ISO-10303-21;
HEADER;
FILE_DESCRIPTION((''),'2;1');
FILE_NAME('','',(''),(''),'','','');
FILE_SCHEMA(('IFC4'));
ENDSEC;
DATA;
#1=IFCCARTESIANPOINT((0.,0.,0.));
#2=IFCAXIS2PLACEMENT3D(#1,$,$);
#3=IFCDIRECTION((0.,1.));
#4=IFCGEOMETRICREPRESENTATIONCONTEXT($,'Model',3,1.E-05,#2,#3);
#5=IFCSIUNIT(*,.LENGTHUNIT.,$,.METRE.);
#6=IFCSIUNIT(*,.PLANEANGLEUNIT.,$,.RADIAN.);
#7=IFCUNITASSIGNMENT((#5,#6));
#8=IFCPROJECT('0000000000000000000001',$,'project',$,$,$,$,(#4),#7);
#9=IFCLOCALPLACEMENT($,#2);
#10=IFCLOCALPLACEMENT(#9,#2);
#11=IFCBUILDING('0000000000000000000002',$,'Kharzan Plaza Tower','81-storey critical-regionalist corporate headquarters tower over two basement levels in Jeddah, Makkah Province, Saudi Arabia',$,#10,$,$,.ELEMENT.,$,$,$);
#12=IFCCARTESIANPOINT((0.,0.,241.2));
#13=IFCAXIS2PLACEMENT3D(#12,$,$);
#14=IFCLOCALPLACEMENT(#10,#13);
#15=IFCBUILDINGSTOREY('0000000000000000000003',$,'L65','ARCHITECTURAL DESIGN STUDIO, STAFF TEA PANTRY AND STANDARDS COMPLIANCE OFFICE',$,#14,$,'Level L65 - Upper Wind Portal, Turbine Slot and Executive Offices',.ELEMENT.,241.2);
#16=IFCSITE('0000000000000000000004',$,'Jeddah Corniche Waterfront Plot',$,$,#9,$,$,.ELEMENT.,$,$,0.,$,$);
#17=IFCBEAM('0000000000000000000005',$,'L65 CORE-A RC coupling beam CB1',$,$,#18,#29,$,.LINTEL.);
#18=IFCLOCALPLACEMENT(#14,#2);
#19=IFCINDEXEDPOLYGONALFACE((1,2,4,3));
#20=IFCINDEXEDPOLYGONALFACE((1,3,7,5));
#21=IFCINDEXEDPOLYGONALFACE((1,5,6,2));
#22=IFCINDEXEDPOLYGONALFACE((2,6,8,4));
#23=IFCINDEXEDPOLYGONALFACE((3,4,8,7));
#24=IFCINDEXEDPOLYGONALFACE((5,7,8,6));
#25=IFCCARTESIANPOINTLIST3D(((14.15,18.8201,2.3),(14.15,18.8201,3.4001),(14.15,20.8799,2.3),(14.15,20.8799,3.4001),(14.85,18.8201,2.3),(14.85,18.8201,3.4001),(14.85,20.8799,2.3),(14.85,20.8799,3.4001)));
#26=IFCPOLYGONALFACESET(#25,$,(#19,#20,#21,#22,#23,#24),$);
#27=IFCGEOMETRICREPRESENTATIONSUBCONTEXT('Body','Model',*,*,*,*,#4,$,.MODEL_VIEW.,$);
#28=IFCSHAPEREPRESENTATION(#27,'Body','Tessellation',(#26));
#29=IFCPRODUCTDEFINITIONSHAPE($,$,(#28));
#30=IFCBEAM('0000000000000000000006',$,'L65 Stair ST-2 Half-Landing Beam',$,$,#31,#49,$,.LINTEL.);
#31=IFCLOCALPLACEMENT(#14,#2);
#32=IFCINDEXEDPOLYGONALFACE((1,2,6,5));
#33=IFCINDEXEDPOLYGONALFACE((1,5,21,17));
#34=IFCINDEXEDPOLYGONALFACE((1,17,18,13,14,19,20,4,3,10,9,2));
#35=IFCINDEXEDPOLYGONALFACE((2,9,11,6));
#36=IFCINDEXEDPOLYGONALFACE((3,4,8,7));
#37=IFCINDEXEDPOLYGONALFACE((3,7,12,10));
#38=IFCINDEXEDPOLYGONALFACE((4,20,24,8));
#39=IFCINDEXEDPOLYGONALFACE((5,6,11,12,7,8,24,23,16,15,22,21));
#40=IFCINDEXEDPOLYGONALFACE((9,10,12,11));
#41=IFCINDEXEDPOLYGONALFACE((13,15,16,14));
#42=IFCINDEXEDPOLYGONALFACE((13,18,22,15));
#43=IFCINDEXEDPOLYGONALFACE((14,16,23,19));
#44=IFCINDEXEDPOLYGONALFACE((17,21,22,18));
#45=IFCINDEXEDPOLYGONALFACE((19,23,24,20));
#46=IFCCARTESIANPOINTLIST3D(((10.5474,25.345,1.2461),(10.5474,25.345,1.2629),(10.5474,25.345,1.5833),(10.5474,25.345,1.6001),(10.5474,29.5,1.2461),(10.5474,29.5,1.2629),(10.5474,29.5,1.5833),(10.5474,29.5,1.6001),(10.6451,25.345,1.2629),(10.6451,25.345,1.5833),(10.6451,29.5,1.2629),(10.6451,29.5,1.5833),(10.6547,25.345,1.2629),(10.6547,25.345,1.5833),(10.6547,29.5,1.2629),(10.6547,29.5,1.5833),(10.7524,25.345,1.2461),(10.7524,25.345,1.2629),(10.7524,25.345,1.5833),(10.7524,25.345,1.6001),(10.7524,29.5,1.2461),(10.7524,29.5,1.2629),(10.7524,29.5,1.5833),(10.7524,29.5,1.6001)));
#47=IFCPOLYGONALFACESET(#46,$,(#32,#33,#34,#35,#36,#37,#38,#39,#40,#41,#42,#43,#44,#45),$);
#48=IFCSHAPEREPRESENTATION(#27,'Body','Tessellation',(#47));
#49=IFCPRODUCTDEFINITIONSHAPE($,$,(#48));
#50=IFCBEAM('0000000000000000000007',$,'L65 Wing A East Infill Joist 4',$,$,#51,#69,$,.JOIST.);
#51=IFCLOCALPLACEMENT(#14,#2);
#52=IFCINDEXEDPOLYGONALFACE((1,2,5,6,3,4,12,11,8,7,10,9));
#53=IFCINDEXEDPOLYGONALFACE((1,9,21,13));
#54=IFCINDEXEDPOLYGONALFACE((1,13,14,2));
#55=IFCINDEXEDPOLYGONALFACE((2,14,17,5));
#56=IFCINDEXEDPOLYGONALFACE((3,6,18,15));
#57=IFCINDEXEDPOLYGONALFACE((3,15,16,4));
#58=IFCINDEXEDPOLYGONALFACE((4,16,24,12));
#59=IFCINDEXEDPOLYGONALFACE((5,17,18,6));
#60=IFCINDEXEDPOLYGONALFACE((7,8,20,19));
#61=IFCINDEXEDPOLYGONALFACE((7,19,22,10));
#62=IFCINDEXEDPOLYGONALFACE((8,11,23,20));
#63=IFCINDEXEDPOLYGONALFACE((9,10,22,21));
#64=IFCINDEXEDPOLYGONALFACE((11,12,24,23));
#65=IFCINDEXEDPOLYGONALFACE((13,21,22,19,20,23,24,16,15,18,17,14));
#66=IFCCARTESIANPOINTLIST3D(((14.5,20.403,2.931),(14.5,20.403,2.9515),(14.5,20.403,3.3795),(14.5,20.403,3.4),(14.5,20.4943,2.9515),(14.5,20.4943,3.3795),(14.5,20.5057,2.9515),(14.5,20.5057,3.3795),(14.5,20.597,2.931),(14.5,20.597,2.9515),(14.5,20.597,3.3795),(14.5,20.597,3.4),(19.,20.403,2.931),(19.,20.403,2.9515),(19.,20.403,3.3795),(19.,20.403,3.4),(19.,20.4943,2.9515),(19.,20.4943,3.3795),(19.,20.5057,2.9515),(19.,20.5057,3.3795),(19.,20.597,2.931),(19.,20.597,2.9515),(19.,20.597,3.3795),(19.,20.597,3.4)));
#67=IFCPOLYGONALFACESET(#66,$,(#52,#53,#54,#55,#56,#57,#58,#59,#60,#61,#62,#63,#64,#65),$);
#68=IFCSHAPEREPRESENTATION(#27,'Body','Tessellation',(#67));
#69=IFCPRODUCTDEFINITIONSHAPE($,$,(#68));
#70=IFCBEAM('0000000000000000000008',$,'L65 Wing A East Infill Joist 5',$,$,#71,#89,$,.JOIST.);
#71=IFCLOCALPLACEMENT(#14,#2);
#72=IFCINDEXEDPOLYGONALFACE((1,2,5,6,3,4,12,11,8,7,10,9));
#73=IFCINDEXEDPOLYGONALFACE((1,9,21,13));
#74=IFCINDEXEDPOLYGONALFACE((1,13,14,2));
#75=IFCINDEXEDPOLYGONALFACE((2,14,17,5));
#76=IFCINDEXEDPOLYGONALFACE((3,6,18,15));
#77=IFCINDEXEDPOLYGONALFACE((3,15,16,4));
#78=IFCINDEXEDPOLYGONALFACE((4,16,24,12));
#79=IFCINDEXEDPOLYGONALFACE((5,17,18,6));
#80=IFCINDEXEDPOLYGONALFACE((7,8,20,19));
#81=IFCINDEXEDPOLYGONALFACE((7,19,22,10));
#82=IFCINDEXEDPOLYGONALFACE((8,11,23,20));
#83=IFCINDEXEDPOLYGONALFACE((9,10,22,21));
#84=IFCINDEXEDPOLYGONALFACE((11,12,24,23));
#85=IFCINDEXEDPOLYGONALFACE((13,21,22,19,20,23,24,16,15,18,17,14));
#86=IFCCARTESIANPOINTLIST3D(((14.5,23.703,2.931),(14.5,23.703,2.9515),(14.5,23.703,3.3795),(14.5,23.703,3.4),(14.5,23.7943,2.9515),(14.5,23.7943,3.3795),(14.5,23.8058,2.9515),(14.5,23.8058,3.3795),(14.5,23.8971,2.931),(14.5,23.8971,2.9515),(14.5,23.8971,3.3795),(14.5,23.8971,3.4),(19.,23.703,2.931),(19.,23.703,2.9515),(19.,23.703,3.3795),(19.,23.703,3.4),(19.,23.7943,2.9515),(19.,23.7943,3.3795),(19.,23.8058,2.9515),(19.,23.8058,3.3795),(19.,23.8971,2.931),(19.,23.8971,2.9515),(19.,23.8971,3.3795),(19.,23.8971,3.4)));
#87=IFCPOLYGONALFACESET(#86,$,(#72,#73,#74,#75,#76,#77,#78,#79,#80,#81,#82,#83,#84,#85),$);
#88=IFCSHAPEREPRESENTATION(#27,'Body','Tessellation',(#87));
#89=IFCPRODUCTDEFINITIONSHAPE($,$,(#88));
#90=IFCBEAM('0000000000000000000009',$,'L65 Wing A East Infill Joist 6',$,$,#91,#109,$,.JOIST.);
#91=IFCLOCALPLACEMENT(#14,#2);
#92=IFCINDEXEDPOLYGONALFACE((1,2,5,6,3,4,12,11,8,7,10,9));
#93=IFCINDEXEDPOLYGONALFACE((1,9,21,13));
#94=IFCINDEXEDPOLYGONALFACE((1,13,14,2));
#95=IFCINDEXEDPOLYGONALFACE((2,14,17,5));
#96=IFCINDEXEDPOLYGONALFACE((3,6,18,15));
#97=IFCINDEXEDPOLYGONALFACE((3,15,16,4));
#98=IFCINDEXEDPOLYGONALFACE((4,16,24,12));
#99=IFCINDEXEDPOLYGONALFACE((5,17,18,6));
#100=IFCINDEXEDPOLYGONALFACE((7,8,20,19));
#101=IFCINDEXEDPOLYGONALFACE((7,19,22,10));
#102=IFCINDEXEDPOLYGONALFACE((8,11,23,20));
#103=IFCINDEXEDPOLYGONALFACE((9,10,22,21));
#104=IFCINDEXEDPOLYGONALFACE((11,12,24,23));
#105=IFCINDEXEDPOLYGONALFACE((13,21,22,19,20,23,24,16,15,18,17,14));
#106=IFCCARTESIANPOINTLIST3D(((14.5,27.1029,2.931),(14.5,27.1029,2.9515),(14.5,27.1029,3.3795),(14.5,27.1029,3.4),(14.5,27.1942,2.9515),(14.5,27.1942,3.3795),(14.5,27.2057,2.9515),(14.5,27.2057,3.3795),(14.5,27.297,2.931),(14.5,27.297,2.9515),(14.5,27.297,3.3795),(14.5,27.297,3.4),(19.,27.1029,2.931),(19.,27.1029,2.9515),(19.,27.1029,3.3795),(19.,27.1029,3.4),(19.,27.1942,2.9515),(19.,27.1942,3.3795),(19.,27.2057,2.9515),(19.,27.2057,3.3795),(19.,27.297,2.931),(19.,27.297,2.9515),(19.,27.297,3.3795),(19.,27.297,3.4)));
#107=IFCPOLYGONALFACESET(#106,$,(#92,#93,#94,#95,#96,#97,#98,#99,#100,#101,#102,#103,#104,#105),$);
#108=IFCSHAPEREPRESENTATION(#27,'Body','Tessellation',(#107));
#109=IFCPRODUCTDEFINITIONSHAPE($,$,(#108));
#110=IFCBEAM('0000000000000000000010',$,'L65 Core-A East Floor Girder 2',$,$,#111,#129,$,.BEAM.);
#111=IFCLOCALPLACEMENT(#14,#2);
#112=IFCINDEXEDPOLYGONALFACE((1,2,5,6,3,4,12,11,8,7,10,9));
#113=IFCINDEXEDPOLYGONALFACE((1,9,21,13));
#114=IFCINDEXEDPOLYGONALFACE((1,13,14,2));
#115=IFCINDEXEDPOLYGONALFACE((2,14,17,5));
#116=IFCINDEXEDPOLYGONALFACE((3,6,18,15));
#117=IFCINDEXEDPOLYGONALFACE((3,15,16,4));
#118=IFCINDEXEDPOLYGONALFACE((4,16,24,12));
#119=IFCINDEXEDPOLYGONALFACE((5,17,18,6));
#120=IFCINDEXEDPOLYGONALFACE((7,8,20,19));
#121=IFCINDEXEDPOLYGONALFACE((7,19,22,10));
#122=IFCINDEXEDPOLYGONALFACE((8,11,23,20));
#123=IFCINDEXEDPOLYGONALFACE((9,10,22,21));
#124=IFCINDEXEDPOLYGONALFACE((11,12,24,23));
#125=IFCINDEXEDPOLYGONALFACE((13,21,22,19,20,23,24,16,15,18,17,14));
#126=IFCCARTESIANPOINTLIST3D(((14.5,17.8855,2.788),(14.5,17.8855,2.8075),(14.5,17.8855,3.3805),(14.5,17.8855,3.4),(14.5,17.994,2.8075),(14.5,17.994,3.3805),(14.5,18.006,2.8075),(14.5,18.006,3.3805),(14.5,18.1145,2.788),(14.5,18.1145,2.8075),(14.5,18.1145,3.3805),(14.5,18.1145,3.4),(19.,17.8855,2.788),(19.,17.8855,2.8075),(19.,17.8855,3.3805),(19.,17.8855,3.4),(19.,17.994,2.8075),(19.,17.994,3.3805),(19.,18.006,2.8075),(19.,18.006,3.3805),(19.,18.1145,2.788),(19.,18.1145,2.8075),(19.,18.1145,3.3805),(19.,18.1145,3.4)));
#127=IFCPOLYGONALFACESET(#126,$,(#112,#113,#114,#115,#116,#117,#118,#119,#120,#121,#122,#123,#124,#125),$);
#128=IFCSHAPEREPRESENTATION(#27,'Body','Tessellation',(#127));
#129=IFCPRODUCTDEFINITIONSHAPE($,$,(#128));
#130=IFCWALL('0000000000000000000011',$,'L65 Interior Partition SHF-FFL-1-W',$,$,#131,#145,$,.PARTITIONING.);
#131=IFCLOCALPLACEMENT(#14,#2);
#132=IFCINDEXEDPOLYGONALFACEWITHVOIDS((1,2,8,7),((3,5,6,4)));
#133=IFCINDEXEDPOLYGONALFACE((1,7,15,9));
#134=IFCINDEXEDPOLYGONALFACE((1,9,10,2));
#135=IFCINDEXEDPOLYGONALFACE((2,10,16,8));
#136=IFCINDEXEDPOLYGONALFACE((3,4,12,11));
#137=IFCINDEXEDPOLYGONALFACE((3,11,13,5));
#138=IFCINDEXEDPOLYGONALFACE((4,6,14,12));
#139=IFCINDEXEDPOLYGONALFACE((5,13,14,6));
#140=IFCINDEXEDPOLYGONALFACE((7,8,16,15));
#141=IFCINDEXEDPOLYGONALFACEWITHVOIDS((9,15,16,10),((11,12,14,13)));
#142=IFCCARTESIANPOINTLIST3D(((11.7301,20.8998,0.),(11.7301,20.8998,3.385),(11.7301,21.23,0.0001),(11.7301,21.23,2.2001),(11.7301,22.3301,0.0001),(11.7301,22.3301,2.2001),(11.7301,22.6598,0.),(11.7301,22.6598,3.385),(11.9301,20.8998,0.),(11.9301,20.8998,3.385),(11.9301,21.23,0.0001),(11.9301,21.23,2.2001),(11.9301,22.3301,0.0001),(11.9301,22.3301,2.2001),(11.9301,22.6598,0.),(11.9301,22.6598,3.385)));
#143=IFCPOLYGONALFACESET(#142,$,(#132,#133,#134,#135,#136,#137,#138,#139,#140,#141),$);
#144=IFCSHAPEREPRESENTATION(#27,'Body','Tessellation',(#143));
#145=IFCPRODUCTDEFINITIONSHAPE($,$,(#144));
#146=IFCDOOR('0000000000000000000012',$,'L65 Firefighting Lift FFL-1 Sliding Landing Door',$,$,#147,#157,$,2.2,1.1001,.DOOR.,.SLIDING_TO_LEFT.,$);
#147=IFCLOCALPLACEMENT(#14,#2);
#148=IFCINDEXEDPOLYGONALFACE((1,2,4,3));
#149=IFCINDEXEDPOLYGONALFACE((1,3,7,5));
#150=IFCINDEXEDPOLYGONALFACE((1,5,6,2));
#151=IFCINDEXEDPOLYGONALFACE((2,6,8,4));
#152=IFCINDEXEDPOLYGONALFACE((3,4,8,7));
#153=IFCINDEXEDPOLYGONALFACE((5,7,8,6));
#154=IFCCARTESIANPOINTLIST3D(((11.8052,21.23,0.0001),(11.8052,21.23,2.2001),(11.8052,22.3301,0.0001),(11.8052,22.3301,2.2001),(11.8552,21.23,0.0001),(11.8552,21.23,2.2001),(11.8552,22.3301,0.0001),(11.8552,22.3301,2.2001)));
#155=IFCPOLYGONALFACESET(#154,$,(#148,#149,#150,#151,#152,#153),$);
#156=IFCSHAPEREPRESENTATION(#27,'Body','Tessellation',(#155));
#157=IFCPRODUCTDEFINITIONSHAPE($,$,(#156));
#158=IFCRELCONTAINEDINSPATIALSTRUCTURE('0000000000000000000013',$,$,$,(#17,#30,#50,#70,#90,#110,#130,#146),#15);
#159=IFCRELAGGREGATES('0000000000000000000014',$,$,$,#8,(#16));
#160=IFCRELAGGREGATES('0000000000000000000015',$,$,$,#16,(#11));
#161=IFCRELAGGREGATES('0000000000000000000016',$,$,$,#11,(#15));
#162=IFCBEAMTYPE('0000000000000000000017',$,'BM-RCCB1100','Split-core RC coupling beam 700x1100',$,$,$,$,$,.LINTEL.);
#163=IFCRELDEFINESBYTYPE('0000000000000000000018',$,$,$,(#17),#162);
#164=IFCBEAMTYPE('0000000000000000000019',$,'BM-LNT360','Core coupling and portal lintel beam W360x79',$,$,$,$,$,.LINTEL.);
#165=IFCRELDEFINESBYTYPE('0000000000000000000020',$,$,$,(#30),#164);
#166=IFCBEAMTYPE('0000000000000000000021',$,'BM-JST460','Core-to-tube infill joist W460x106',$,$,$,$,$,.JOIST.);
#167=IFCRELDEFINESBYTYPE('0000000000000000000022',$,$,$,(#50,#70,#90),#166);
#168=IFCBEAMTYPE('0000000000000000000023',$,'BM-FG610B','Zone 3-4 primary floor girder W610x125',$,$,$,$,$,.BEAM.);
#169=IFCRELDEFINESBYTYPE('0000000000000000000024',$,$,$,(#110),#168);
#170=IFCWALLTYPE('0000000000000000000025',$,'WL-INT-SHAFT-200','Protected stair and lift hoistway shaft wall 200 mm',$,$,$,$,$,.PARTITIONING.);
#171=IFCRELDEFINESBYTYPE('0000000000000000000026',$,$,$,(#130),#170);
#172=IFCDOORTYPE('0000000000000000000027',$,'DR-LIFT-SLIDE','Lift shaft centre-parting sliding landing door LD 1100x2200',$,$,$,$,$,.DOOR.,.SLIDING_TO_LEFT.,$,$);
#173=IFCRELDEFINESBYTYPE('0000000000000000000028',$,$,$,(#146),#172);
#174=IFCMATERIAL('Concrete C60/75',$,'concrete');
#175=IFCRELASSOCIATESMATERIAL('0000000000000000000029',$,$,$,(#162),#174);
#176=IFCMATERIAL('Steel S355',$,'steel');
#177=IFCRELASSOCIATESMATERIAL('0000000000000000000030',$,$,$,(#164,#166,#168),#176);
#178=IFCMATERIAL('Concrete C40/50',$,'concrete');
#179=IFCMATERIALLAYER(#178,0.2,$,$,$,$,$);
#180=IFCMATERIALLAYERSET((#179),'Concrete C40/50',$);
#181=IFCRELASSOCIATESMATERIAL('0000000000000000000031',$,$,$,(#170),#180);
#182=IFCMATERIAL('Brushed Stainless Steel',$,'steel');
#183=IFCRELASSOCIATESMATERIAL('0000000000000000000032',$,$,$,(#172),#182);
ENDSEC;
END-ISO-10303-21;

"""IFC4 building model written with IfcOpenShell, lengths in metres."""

from ifc_helpers import new_model, si_unit, direction, frame, frame_2d, origin, origin_2d, place, context, subcontext, project, spatial, rectangle, i_section, extrude, source, transform, mapped, material, layer, layer_set, material_profile, profile_set, type_object, element, fill, save


model = new_model("IFC4")

# Units and contexts
model_context = context("Model", 3, precision=1e-05, world=origin(), true_north=direction((0.0, 1.0)))
body_context = subcontext(model_context, "Body", "Model", "MODEL_VIEW")
ifc_project = project(units=[si_unit("LENGTHUNIT", "METRE"), si_unit("PLANEANGLEUNIT", "RADIAN")], contexts=[model_context])

# Site, building, storey
site_placement = place(None, origin())
site = spatial("IfcSite", under=ifc_project, at=site_placement, Name="Jeddah Corniche Waterfront Plot", CompositionType="ELEMENT", RefElevation=0.0)
building_placement = place(site_placement, origin())
building = spatial("IfcBuilding", under=site, at=building_placement, Name="Kharzan Plaza Tower", Description="81-storey critical-regionalist corporate headquarters tower over two basement levels in Jeddah, Makkah Province, Saudi Arabia", CompositionType="ELEMENT")
storey_placement = place(building_placement, frame((0.0, 0.0, 241.2)))
storey = spatial("IfcBuildingStorey", under=building, at=storey_placement, Name="L65", Description="ARCHITECTURAL DESIGN STUDIO, STAFF TEA PANTRY AND STANDARDS COMPLIANCE OFFICE", LongName="Level L65 - Upper Wind Portal, Turbine Slot and Executive Offices", CompositionType="ELEMENT", Elevation=241.2)

# Beams
ifc_material_1 = material(Name="Concrete C60/75", Category="concrete")
ifc_material_profile_1 = material_profile(ifc_material_1, rectangle(XDim=0.7, YDim=1.1001, at=origin_2d()), Name="RC-CB1100x700")
ifc_profile_set_1 = profile_set([ifc_material_profile_1], Name="Concrete C60/75")
beam_type_1 = type_object("IfcBeamType", Name="BM-RCCB1100", Description="Split-core RC coupling beam 700x1100", PredefinedType="LINTEL", material=ifc_profile_set_1)
shared_shape_1 = source(origin(), body_context, "Body", "SweptSolid", [
    extrude(rectangle(XDim=0.7, YDim=1.1001, at=origin_2d()), origin(), (0.0, 0.0, 1.0), 2.0598),
])
beam_1_placement = place(storey_placement, frame((14.5, 18.8201, 2.8501), z_axis=(0.0, 1.0, 0.0), x_axis=(-1.0, 0.0, 0.0)))
element("IfcBeam", 1, at=beam_1_placement, inside=storey, type_object=beam_type_1, Name="L65 CORE-A RC coupling beam CB1", PredefinedType="LINTEL", context=body_context, shape_type="MappedRepresentation", body=[
    mapped(shared_shape_1, transform((0.0, 0.0, 0.0), x_axis=(1.0, 0.0, 0.0), y_axis=(0.0, 1.0, 0.0), z_axis=(0.0, 0.0, 1.0))),
])
ifc_material_2 = material(Name="Steel S355", Category="steel")
ifc_material_profile_2 = material_profile(ifc_material_2, i_section(OverallWidth=0.2051, OverallDepth=0.354, WebThickness=0.0095, FlangeThickness=0.0168, at=origin_2d()), Name="W360x79")
ifc_profile_set_2 = profile_set([ifc_material_profile_2], Name="Steel S355")
beam_type_2 = type_object("IfcBeamType", Name="BM-LNT360", Description="Core coupling and portal lintel beam W360x79", PredefinedType="LINTEL", material=ifc_profile_set_2)
shared_shape_2 = source(origin(), body_context, "Body", "SweptSolid", [
    extrude(i_section(OverallWidth=0.2051, OverallDepth=0.354, WebThickness=0.0095, FlangeThickness=0.0168, at=origin_2d()), origin(), (0.0, 0.0, 1.0), 4.155),
])
beam_2_placement = place(storey_placement, frame((10.6499, 25.345, 1.4231), z_axis=(0.0, 1.0, 0.0), x_axis=(-1.0, 0.0, 0.0)))
element("IfcBeam", 2, at=beam_2_placement, inside=storey, type_object=beam_type_2, Name="L65 Stair ST-2 Half-Landing Beam", PredefinedType="LINTEL", context=body_context, shape_type="MappedRepresentation", body=[
    mapped(shared_shape_2, transform((0.0, 0.0, 0.0), x_axis=(1.0, 0.0, 0.0), y_axis=(0.0, 1.0, 0.0), z_axis=(0.0, 0.0, 1.0))),
])
ifc_material_profile_3 = material_profile(ifc_material_2, i_section(OverallWidth=0.1941, OverallDepth=0.469, WebThickness=0.0115, FlangeThickness=0.0205, at=origin_2d()), Name="W460x106")
ifc_profile_set_3 = profile_set([ifc_material_profile_3], Name="Steel S355")
beam_type_3 = type_object("IfcBeamType", Name="BM-JST460", Description="Core-to-tube infill joist W460x106", PredefinedType="JOIST", material=ifc_profile_set_3)
shared_shape_3 = source(origin(), body_context, "Body", "SweptSolid", [
    extrude(i_section(OverallWidth=0.1941, OverallDepth=0.469, WebThickness=0.0115, FlangeThickness=0.0205, at=origin_2d()), origin(), (0.0, 0.0, 1.0), 4.5),
])
for number, where, z_axis, x_axis, name in (
    (3, (14.5, 20.5, 3.1655), (1.0, 0.0, 0.0), (0.0, 1.0, 0.0), "L65 Wing A East Infill Joist 4"),
    (4, (14.5, 23.8, 3.1655), (1.0, 0.0, 0.0), (0.0, 1.0, 0.0), "L65 Wing A East Infill Joist 5"),
    (5, (14.5, 27.2, 3.1655), (1.0, 0.0, 0.0), (0.0, 1.0, 0.0), "L65 Wing A East Infill Joist 6"),
):
    element("IfcBeam", number, at=place(storey_placement, frame(where, z_axis=z_axis, x_axis=x_axis)), inside=storey, type_object=beam_type_3, Name=name, PredefinedType="JOIST", context=body_context, shape_type="MappedRepresentation", body=[
        mapped(shared_shape_3, transform((0.0, 0.0, 0.0), x_axis=(1.0, 0.0, 0.0), y_axis=(0.0, 1.0, 0.0), z_axis=(0.0, 0.0, 1.0))),
    ])
ifc_material_profile_4 = material_profile(ifc_material_2, i_section(OverallWidth=0.229, OverallDepth=0.6121, WebThickness=0.012, FlangeThickness=0.0195, at=origin_2d()), Name="W610x125")
ifc_profile_set_4 = profile_set([ifc_material_profile_4], Name="Steel S355")
beam_type_4 = type_object("IfcBeamType", Name="BM-FG610B", Description="Zone 3-4 primary floor girder W610x125", PredefinedType="BEAM", material=ifc_profile_set_4)
shared_shape_4 = source(origin(), body_context, "Body", "SweptSolid", [
    extrude(i_section(OverallWidth=0.229, OverallDepth=0.6121, WebThickness=0.012, FlangeThickness=0.0195, at=origin_2d()), origin(), (0.0, 0.0, 1.0), 4.5),
])
beam_3_placement = place(storey_placement, frame((14.5, 18.0, 3.094), z_axis=(1.0, 0.0, 0.0), x_axis=(0.0, 1.0, 0.0)))
element("IfcBeam", 6, at=beam_3_placement, inside=storey, type_object=beam_type_4, Name="L65 Core-A East Floor Girder 2", PredefinedType="BEAM", context=body_context, shape_type="MappedRepresentation", body=[
    mapped(shared_shape_4, transform((0.0, 0.0, 0.0), x_axis=(1.0, 0.0, 0.0), y_axis=(0.0, 1.0, 0.0), z_axis=(0.0, 0.0, 1.0))),
])

# Wall, opening, door
ifc_material_3 = material(Name="Concrete C40/50", Category="concrete")
ifc_layer_1 = layer(ifc_material_3, 0.2)
ifc_layer_set_1 = layer_set([ifc_layer_1], Name="Concrete C40/50")
wall_type_1 = type_object("IfcWallType", Name="WL-INT-SHAFT-200", Description="Protected stair and lift hoistway shaft wall 200 mm", PredefinedType="PARTITIONING", material=ifc_layer_set_1)
wall_1_placement = place(storey_placement, frame((11.8301, 20.8999, 0.0), z_axis=(0.0, 0.0, 1.0), x_axis=(0.0, 1.0, 0.0)))
wall_1 = element("IfcWall", 7, at=wall_1_placement, inside=storey, type_object=wall_type_1, Name="L65 Interior Partition SHF-FFL-1-W", PredefinedType="PARTITIONING", context=body_context, shape_type="SweptSolid", body=[
    extrude(rectangle(XDim=1.76, YDim=0.2, at=frame_2d((0.8799, 0.0))), origin(), (0.0, 0.0, 1.0), 3.385),
])
opening_1_placement = place(wall_1_placement, frame((0.3301, 0.0, 0.0)))
opening_1 = element("IfcOpeningElement", 8, at=opening_1_placement, cuts=wall_1, PredefinedType="OPENING", context=body_context, shape_type="SweptSolid", body=[
    extrude(rectangle(XDim=1.1001, YDim=2.2, at=frame_2d((0.55, 1.1001))), frame((0.0, 0.1099, 0.0), z_axis=(0.0, -1.0, 0.0), x_axis=(1.0, 0.0, 0.0)), (0.0, 0.0, 1.0), 0.22),
])
ifc_material_4 = material(Name="Brushed Stainless Steel", Category="steel")
door_type = type_object("IfcDoorType", Name="DR-LIFT-SLIDE", Description="Lift shaft centre-parting sliding landing door LD 1100x2200", OperationType="SLIDING_TO_LEFT", PredefinedType="DOOR", material=ifc_material_4)
shared_shape_5 = source(origin(), body_context, "Body", "SweptSolid", [
    extrude(rectangle(XDim=1.1001, YDim=2.2, at=frame_2d((0.55, 1.1001))), frame((0.0, 0.0249, 0.0), z_axis=(0.0, -1.0, 0.0), x_axis=(1.0, 0.0, 0.0)), (0.0, 0.0, 1.0), 0.05),
])
door_1_placement = place(opening_1_placement, origin())
door_1 = element("IfcDoor", 9, at=door_1_placement, inside=storey, type_object=door_type, Name="L65 Firefighting Lift FFL-1 Sliding Landing Door", OperationType="SLIDING_TO_LEFT", OverallHeight=2.2, OverallWidth=1.1001, PredefinedType="DOOR", context=body_context, shape_type="MappedRepresentation", body=[
    mapped(shared_shape_5, transform((0.0, 0.0, 0.0), x_axis=(1.0, 0.0, 0.0), y_axis=(0.0, 1.0, 0.0), z_axis=(0.0, 0.0, 1.0))),
])
fill(opening_1, door_1)

save(model, "model.ifc")
